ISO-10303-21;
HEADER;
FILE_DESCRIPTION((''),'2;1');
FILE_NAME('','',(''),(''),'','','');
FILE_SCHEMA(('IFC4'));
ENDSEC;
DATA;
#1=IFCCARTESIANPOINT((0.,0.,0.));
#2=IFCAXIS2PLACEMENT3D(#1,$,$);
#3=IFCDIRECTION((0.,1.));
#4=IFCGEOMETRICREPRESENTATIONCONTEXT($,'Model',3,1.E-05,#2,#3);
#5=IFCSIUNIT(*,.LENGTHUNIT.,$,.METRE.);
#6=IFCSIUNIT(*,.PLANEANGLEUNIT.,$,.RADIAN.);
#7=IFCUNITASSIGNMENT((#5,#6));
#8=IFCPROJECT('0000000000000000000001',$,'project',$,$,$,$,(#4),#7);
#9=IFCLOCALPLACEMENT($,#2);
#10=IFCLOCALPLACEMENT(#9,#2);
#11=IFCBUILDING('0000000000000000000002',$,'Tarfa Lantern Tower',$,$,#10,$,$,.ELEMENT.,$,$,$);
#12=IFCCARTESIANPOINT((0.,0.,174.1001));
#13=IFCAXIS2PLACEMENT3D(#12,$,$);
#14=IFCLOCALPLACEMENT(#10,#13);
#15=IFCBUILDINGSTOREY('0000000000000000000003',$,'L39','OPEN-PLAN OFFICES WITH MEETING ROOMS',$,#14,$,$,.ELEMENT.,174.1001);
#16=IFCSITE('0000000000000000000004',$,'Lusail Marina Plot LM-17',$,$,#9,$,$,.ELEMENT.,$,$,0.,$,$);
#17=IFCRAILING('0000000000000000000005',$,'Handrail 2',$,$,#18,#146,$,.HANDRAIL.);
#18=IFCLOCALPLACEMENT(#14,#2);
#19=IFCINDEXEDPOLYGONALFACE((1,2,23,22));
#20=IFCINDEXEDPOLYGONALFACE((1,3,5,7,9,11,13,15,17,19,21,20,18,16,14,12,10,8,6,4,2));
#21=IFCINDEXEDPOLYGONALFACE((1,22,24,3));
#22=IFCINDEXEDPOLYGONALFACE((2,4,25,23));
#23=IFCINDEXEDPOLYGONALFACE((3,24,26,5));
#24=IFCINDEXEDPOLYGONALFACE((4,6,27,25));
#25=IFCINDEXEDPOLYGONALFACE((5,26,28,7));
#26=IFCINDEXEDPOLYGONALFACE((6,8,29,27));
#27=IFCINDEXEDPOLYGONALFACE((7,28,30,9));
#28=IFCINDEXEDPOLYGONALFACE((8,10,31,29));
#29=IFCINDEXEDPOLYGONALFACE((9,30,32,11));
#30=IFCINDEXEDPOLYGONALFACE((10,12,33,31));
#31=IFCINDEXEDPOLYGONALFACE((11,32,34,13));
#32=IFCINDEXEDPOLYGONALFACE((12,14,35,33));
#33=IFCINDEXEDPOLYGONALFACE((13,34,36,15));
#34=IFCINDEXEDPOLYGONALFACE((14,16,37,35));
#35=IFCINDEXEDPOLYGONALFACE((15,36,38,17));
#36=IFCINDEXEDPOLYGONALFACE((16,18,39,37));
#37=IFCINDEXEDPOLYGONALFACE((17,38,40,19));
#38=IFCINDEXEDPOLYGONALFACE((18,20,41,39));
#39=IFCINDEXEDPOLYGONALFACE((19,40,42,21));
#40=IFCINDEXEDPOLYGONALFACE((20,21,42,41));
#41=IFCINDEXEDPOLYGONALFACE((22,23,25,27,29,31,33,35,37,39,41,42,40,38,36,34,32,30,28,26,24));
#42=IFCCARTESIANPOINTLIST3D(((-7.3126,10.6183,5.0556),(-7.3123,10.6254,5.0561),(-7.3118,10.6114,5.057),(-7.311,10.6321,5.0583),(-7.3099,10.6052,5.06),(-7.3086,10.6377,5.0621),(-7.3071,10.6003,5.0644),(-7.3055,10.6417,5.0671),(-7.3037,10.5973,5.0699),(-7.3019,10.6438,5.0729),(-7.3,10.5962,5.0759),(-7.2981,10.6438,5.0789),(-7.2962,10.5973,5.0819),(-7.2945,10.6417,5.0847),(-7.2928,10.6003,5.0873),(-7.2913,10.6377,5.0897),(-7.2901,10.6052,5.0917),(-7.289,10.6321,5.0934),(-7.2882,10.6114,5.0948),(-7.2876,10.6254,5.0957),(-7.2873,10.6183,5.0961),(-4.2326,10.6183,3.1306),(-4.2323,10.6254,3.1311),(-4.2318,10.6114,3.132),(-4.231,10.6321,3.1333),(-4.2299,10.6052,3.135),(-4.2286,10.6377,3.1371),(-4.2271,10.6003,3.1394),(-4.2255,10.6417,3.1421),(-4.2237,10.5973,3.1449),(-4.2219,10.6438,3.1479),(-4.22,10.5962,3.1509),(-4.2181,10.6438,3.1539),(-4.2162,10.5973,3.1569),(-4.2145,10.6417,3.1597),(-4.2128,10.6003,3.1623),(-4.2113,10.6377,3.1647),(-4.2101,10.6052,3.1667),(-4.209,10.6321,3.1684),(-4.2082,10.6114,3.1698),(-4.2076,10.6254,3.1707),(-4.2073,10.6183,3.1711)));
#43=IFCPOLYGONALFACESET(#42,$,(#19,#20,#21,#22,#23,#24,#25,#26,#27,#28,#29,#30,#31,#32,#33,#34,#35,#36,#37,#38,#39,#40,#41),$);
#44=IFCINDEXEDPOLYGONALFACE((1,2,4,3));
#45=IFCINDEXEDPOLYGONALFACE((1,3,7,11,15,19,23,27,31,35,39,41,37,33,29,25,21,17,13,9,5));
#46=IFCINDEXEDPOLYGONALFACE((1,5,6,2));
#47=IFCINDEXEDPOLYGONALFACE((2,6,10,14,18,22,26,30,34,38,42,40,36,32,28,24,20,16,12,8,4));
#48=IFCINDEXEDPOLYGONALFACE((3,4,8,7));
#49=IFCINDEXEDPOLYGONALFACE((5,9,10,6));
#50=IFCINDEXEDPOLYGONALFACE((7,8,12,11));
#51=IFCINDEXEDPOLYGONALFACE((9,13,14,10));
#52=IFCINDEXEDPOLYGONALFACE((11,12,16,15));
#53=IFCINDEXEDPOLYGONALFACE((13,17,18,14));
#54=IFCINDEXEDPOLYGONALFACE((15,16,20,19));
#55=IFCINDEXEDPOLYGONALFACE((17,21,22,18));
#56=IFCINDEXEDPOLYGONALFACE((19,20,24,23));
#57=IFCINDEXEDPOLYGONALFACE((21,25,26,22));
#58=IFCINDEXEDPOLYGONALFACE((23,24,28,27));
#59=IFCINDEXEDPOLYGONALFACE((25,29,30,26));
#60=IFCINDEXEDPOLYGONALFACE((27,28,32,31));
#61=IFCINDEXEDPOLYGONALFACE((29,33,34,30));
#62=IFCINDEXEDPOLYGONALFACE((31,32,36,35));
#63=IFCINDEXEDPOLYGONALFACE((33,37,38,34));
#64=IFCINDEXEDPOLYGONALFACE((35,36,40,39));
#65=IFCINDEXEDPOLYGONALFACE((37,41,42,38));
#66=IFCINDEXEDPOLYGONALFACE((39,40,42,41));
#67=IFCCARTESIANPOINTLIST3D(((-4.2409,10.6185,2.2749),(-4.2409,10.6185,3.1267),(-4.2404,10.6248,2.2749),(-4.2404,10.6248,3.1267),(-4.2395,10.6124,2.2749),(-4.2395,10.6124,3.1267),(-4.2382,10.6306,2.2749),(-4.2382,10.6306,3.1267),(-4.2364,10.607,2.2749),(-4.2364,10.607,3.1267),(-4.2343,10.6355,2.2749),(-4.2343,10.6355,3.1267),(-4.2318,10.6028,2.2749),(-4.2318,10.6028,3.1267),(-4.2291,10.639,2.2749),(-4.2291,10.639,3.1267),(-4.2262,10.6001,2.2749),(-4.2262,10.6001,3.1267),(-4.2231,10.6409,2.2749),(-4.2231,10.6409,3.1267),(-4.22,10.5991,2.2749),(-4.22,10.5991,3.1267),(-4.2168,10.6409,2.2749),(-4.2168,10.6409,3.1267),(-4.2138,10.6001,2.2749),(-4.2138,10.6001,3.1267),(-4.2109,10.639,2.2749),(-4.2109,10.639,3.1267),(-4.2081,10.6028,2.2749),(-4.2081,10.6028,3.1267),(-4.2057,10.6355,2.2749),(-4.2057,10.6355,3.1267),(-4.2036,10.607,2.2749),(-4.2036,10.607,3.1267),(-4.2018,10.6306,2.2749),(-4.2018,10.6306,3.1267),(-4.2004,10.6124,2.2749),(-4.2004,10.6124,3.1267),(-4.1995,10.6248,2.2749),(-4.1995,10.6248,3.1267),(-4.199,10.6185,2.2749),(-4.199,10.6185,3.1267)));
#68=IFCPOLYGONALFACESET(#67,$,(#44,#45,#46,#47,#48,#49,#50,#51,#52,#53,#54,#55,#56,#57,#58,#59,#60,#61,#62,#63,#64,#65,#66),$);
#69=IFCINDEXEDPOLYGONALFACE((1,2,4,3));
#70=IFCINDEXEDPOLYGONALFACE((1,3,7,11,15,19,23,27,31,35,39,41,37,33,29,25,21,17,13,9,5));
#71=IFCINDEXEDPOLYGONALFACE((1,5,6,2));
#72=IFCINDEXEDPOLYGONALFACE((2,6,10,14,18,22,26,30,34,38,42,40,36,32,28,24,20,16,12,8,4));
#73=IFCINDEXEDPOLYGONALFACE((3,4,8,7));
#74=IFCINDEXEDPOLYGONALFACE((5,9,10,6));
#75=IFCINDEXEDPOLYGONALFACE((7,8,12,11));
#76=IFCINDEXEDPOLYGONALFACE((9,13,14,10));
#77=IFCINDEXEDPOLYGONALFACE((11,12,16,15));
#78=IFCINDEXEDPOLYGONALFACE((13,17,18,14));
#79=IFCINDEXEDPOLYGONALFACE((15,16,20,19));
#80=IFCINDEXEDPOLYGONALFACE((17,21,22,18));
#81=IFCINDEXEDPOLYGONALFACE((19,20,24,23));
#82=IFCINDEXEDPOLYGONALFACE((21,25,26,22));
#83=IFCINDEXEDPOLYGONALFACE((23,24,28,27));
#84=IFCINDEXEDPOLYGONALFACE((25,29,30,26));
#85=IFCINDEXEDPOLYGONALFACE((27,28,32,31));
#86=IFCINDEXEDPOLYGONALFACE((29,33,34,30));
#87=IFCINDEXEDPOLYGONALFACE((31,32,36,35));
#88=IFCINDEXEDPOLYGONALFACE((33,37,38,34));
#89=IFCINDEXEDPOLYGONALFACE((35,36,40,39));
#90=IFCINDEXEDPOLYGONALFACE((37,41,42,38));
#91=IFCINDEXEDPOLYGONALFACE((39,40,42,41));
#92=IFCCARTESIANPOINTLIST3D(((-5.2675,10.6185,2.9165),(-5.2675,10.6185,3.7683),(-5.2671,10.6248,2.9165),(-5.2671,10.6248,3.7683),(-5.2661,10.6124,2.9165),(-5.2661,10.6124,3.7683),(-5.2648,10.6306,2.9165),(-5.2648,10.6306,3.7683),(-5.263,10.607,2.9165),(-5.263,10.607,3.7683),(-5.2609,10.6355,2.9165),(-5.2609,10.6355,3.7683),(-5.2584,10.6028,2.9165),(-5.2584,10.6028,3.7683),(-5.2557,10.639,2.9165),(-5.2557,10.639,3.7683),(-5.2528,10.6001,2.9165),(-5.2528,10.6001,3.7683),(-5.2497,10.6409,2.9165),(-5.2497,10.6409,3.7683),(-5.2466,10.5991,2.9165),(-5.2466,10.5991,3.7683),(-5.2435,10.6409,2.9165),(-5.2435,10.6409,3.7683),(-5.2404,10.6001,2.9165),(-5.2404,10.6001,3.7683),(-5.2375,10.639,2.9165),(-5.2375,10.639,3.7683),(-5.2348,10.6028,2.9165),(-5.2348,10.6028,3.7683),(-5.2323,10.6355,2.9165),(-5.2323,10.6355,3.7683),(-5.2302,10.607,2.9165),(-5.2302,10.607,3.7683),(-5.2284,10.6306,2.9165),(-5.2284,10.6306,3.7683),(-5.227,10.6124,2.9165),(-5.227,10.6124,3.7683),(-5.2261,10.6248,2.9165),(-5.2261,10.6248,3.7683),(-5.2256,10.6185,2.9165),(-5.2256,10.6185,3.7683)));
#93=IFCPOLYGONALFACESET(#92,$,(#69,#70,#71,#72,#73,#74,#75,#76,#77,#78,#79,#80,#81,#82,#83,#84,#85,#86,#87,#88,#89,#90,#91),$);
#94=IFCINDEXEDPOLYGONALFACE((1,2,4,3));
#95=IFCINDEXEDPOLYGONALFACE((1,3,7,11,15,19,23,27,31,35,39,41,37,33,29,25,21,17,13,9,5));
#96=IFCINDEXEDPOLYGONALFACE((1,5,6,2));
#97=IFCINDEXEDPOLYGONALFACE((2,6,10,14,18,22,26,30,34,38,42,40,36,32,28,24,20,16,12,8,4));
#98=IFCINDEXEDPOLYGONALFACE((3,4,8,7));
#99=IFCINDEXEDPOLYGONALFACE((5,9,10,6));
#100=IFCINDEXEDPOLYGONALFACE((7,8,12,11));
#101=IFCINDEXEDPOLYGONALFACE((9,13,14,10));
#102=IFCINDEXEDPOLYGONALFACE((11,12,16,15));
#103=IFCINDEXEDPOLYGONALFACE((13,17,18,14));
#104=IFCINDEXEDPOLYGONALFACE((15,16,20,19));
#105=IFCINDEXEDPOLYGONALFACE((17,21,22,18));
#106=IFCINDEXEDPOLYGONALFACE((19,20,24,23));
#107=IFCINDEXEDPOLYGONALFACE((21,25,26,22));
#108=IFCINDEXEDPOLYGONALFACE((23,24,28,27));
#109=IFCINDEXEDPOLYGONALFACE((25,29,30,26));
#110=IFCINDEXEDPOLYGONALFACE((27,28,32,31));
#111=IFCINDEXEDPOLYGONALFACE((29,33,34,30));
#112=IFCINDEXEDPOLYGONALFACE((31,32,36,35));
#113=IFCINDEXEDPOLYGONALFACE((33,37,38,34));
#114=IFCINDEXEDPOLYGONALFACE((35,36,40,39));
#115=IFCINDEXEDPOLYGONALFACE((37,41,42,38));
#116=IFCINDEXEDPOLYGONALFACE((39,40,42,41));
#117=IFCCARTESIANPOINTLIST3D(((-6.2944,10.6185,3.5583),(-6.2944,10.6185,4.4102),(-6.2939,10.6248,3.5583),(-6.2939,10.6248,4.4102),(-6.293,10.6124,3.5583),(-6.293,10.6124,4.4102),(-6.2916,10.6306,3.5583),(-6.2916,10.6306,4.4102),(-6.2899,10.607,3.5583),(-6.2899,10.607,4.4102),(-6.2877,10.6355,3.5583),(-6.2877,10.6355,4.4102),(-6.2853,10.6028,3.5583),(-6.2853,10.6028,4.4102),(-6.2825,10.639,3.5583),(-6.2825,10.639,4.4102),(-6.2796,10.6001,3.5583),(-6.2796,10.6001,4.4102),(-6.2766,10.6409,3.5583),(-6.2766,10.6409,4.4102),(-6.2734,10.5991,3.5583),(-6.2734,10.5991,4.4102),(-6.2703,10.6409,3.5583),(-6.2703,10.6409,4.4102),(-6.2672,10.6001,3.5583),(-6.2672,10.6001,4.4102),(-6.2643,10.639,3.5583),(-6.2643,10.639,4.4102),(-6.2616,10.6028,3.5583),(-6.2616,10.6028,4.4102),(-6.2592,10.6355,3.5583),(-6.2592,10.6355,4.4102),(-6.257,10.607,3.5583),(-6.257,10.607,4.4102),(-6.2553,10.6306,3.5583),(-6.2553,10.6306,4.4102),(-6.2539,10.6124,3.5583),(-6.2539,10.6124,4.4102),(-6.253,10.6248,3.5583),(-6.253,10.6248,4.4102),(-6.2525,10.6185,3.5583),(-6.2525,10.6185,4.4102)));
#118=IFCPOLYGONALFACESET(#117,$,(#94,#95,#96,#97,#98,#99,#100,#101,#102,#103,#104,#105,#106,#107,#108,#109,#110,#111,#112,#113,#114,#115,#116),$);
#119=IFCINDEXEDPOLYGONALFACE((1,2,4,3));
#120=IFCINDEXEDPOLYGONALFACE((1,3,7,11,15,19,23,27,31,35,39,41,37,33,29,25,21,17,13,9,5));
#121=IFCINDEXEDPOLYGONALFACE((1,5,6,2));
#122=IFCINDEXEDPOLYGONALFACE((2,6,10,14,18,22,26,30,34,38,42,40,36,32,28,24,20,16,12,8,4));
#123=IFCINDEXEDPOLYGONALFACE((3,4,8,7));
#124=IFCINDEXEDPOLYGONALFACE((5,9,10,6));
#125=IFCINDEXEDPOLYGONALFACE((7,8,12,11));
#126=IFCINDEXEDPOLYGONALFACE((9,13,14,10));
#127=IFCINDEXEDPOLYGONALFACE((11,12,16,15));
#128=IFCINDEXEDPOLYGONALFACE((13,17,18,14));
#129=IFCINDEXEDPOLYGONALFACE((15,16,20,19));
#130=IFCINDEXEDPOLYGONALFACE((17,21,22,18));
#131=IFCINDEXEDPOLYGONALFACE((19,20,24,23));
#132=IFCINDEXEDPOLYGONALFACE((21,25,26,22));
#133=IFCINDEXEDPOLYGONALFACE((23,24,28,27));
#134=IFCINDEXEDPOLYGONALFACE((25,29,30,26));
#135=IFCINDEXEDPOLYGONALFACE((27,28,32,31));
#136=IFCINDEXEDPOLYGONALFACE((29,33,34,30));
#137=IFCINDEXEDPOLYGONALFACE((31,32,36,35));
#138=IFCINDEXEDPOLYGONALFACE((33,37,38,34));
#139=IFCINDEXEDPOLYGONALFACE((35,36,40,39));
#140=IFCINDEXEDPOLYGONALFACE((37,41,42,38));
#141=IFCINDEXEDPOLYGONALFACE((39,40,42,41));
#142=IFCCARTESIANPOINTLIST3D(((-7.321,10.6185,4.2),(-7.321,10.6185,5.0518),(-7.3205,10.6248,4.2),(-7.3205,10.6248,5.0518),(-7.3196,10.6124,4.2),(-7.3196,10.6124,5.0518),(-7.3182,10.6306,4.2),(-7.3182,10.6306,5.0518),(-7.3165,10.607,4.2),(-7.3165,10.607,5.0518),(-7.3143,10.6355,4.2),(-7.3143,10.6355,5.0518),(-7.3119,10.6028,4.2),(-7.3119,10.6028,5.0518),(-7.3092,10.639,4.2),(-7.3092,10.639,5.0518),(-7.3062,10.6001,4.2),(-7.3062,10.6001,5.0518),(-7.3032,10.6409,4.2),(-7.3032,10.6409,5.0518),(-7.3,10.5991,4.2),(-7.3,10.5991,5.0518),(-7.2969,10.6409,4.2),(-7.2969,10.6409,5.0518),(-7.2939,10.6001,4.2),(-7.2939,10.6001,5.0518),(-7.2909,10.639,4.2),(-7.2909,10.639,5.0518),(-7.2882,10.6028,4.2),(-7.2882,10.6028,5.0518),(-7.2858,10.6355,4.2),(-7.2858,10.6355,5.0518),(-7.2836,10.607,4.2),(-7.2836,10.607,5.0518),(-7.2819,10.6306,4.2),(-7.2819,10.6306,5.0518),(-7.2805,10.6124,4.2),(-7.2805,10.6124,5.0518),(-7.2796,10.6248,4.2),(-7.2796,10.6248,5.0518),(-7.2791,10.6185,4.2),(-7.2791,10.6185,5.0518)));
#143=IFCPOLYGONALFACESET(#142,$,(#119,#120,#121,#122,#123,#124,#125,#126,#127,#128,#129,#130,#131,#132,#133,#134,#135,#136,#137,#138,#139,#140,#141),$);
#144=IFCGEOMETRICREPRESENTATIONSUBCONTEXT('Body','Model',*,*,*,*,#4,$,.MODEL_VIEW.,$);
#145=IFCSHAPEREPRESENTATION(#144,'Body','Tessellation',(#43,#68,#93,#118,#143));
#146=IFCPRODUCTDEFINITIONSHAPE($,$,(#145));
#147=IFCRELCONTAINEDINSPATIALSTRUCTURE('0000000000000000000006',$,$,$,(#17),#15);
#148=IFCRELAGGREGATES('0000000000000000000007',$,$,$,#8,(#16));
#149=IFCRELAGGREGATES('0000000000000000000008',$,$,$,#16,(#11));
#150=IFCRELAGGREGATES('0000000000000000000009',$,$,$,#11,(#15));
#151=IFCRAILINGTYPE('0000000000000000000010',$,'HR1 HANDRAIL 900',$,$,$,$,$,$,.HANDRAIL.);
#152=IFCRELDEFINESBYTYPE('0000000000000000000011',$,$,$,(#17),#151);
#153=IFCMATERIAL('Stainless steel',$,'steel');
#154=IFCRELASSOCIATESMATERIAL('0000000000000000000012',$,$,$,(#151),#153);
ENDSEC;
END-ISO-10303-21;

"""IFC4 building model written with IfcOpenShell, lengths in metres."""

from ifc_helpers import new_model, si_unit, direction, frame, origin, origin_2d, place, context, subcontext, project, spatial, circle, extrude, material, type_object, element, save


model = new_model("IFC4")

# Units and contexts
model_context = context("Model", 3, precision=1e-05, world=origin(), true_north=direction((0.0, 1.0)))
body_context = subcontext(model_context, "Body", "Model", "MODEL_VIEW")
ifc_project = project(units=[si_unit("LENGTHUNIT", "METRE"), si_unit("PLANEANGLEUNIT", "RADIAN")], contexts=[model_context])

# Site, building, storey
site_placement = place(None, origin())
site = spatial("IfcSite", under=ifc_project, at=site_placement, Name="Lusail Marina Plot LM-17", CompositionType="ELEMENT", RefElevation=0.0)
building_placement = place(site_placement, origin())
building = spatial("IfcBuilding", under=site, at=building_placement, Name="Tarfa Lantern Tower", CompositionType="ELEMENT")
storey_placement = place(building_placement, frame((0.0, 0.0, 174.1001)))
storey = spatial("IfcBuildingStorey", under=building, at=storey_placement, Name="L39", Description="OPEN-PLAN OFFICES WITH MEETING ROOMS", CompositionType="ELEMENT", Elevation=174.1001)

# Railing
ifc_material_1 = material(Name="Stainless steel", Category="steel")
railing_type = type_object("IfcRailingType", Name="HR1 HANDRAIL 900", PredefinedType="HANDRAIL", material=ifc_material_1)
railing_1_placement = place(storey_placement, frame((-4.22, 10.6201, 2.2749)))
element("IfcRailing", 1, at=railing_1_placement, inside=storey, type_object=railing_type, Name="Handrail 2", PredefinedType="HANDRAIL", context=body_context, shape_type="SweptSolid", body=[
    extrude(circle(Radius=0.0239, at=origin_2d()), frame((0.0, 0.0, 0.876), z_axis=(-0.847998, 0.0, 0.529999), x_axis=(0.0, -1.0, 0.0)), (0.0, 0.0, 1.0), 3.6321),
    extrude(circle(Radius=0.021, at=origin_2d()), frame((0.0, 0.0, 0.0), z_axis=(0.0, 0.0, 1.0), x_axis=(0.0, -1.0, 0.0)), (0.0, 0.0, 1.0), 0.8518),
    extrude(circle(Radius=0.021, at=origin_2d()), frame((-1.0266, 0.0, 0.6416), z_axis=(0.0, 0.0, 1.0), x_axis=(0.0, -1.0, 0.0)), (0.0, 0.0, 1.0), 0.8518),
    extrude(circle(Radius=0.021, at=origin_2d()), frame((-2.0535, 0.0, 1.2834), z_axis=(0.0, 0.0, 1.0), x_axis=(0.0, -1.0, 0.0)), (0.0, 0.0, 1.0), 0.8518),
    extrude(circle(Radius=0.021, at=origin_2d()), frame((-3.0801, 0.0, 1.925), z_axis=(0.0, 0.0, 1.0), x_axis=(0.0, -1.0, 0.0)), (0.0, 0.0, 1.0), 0.8518),
])

save(model, "model.ifc")
